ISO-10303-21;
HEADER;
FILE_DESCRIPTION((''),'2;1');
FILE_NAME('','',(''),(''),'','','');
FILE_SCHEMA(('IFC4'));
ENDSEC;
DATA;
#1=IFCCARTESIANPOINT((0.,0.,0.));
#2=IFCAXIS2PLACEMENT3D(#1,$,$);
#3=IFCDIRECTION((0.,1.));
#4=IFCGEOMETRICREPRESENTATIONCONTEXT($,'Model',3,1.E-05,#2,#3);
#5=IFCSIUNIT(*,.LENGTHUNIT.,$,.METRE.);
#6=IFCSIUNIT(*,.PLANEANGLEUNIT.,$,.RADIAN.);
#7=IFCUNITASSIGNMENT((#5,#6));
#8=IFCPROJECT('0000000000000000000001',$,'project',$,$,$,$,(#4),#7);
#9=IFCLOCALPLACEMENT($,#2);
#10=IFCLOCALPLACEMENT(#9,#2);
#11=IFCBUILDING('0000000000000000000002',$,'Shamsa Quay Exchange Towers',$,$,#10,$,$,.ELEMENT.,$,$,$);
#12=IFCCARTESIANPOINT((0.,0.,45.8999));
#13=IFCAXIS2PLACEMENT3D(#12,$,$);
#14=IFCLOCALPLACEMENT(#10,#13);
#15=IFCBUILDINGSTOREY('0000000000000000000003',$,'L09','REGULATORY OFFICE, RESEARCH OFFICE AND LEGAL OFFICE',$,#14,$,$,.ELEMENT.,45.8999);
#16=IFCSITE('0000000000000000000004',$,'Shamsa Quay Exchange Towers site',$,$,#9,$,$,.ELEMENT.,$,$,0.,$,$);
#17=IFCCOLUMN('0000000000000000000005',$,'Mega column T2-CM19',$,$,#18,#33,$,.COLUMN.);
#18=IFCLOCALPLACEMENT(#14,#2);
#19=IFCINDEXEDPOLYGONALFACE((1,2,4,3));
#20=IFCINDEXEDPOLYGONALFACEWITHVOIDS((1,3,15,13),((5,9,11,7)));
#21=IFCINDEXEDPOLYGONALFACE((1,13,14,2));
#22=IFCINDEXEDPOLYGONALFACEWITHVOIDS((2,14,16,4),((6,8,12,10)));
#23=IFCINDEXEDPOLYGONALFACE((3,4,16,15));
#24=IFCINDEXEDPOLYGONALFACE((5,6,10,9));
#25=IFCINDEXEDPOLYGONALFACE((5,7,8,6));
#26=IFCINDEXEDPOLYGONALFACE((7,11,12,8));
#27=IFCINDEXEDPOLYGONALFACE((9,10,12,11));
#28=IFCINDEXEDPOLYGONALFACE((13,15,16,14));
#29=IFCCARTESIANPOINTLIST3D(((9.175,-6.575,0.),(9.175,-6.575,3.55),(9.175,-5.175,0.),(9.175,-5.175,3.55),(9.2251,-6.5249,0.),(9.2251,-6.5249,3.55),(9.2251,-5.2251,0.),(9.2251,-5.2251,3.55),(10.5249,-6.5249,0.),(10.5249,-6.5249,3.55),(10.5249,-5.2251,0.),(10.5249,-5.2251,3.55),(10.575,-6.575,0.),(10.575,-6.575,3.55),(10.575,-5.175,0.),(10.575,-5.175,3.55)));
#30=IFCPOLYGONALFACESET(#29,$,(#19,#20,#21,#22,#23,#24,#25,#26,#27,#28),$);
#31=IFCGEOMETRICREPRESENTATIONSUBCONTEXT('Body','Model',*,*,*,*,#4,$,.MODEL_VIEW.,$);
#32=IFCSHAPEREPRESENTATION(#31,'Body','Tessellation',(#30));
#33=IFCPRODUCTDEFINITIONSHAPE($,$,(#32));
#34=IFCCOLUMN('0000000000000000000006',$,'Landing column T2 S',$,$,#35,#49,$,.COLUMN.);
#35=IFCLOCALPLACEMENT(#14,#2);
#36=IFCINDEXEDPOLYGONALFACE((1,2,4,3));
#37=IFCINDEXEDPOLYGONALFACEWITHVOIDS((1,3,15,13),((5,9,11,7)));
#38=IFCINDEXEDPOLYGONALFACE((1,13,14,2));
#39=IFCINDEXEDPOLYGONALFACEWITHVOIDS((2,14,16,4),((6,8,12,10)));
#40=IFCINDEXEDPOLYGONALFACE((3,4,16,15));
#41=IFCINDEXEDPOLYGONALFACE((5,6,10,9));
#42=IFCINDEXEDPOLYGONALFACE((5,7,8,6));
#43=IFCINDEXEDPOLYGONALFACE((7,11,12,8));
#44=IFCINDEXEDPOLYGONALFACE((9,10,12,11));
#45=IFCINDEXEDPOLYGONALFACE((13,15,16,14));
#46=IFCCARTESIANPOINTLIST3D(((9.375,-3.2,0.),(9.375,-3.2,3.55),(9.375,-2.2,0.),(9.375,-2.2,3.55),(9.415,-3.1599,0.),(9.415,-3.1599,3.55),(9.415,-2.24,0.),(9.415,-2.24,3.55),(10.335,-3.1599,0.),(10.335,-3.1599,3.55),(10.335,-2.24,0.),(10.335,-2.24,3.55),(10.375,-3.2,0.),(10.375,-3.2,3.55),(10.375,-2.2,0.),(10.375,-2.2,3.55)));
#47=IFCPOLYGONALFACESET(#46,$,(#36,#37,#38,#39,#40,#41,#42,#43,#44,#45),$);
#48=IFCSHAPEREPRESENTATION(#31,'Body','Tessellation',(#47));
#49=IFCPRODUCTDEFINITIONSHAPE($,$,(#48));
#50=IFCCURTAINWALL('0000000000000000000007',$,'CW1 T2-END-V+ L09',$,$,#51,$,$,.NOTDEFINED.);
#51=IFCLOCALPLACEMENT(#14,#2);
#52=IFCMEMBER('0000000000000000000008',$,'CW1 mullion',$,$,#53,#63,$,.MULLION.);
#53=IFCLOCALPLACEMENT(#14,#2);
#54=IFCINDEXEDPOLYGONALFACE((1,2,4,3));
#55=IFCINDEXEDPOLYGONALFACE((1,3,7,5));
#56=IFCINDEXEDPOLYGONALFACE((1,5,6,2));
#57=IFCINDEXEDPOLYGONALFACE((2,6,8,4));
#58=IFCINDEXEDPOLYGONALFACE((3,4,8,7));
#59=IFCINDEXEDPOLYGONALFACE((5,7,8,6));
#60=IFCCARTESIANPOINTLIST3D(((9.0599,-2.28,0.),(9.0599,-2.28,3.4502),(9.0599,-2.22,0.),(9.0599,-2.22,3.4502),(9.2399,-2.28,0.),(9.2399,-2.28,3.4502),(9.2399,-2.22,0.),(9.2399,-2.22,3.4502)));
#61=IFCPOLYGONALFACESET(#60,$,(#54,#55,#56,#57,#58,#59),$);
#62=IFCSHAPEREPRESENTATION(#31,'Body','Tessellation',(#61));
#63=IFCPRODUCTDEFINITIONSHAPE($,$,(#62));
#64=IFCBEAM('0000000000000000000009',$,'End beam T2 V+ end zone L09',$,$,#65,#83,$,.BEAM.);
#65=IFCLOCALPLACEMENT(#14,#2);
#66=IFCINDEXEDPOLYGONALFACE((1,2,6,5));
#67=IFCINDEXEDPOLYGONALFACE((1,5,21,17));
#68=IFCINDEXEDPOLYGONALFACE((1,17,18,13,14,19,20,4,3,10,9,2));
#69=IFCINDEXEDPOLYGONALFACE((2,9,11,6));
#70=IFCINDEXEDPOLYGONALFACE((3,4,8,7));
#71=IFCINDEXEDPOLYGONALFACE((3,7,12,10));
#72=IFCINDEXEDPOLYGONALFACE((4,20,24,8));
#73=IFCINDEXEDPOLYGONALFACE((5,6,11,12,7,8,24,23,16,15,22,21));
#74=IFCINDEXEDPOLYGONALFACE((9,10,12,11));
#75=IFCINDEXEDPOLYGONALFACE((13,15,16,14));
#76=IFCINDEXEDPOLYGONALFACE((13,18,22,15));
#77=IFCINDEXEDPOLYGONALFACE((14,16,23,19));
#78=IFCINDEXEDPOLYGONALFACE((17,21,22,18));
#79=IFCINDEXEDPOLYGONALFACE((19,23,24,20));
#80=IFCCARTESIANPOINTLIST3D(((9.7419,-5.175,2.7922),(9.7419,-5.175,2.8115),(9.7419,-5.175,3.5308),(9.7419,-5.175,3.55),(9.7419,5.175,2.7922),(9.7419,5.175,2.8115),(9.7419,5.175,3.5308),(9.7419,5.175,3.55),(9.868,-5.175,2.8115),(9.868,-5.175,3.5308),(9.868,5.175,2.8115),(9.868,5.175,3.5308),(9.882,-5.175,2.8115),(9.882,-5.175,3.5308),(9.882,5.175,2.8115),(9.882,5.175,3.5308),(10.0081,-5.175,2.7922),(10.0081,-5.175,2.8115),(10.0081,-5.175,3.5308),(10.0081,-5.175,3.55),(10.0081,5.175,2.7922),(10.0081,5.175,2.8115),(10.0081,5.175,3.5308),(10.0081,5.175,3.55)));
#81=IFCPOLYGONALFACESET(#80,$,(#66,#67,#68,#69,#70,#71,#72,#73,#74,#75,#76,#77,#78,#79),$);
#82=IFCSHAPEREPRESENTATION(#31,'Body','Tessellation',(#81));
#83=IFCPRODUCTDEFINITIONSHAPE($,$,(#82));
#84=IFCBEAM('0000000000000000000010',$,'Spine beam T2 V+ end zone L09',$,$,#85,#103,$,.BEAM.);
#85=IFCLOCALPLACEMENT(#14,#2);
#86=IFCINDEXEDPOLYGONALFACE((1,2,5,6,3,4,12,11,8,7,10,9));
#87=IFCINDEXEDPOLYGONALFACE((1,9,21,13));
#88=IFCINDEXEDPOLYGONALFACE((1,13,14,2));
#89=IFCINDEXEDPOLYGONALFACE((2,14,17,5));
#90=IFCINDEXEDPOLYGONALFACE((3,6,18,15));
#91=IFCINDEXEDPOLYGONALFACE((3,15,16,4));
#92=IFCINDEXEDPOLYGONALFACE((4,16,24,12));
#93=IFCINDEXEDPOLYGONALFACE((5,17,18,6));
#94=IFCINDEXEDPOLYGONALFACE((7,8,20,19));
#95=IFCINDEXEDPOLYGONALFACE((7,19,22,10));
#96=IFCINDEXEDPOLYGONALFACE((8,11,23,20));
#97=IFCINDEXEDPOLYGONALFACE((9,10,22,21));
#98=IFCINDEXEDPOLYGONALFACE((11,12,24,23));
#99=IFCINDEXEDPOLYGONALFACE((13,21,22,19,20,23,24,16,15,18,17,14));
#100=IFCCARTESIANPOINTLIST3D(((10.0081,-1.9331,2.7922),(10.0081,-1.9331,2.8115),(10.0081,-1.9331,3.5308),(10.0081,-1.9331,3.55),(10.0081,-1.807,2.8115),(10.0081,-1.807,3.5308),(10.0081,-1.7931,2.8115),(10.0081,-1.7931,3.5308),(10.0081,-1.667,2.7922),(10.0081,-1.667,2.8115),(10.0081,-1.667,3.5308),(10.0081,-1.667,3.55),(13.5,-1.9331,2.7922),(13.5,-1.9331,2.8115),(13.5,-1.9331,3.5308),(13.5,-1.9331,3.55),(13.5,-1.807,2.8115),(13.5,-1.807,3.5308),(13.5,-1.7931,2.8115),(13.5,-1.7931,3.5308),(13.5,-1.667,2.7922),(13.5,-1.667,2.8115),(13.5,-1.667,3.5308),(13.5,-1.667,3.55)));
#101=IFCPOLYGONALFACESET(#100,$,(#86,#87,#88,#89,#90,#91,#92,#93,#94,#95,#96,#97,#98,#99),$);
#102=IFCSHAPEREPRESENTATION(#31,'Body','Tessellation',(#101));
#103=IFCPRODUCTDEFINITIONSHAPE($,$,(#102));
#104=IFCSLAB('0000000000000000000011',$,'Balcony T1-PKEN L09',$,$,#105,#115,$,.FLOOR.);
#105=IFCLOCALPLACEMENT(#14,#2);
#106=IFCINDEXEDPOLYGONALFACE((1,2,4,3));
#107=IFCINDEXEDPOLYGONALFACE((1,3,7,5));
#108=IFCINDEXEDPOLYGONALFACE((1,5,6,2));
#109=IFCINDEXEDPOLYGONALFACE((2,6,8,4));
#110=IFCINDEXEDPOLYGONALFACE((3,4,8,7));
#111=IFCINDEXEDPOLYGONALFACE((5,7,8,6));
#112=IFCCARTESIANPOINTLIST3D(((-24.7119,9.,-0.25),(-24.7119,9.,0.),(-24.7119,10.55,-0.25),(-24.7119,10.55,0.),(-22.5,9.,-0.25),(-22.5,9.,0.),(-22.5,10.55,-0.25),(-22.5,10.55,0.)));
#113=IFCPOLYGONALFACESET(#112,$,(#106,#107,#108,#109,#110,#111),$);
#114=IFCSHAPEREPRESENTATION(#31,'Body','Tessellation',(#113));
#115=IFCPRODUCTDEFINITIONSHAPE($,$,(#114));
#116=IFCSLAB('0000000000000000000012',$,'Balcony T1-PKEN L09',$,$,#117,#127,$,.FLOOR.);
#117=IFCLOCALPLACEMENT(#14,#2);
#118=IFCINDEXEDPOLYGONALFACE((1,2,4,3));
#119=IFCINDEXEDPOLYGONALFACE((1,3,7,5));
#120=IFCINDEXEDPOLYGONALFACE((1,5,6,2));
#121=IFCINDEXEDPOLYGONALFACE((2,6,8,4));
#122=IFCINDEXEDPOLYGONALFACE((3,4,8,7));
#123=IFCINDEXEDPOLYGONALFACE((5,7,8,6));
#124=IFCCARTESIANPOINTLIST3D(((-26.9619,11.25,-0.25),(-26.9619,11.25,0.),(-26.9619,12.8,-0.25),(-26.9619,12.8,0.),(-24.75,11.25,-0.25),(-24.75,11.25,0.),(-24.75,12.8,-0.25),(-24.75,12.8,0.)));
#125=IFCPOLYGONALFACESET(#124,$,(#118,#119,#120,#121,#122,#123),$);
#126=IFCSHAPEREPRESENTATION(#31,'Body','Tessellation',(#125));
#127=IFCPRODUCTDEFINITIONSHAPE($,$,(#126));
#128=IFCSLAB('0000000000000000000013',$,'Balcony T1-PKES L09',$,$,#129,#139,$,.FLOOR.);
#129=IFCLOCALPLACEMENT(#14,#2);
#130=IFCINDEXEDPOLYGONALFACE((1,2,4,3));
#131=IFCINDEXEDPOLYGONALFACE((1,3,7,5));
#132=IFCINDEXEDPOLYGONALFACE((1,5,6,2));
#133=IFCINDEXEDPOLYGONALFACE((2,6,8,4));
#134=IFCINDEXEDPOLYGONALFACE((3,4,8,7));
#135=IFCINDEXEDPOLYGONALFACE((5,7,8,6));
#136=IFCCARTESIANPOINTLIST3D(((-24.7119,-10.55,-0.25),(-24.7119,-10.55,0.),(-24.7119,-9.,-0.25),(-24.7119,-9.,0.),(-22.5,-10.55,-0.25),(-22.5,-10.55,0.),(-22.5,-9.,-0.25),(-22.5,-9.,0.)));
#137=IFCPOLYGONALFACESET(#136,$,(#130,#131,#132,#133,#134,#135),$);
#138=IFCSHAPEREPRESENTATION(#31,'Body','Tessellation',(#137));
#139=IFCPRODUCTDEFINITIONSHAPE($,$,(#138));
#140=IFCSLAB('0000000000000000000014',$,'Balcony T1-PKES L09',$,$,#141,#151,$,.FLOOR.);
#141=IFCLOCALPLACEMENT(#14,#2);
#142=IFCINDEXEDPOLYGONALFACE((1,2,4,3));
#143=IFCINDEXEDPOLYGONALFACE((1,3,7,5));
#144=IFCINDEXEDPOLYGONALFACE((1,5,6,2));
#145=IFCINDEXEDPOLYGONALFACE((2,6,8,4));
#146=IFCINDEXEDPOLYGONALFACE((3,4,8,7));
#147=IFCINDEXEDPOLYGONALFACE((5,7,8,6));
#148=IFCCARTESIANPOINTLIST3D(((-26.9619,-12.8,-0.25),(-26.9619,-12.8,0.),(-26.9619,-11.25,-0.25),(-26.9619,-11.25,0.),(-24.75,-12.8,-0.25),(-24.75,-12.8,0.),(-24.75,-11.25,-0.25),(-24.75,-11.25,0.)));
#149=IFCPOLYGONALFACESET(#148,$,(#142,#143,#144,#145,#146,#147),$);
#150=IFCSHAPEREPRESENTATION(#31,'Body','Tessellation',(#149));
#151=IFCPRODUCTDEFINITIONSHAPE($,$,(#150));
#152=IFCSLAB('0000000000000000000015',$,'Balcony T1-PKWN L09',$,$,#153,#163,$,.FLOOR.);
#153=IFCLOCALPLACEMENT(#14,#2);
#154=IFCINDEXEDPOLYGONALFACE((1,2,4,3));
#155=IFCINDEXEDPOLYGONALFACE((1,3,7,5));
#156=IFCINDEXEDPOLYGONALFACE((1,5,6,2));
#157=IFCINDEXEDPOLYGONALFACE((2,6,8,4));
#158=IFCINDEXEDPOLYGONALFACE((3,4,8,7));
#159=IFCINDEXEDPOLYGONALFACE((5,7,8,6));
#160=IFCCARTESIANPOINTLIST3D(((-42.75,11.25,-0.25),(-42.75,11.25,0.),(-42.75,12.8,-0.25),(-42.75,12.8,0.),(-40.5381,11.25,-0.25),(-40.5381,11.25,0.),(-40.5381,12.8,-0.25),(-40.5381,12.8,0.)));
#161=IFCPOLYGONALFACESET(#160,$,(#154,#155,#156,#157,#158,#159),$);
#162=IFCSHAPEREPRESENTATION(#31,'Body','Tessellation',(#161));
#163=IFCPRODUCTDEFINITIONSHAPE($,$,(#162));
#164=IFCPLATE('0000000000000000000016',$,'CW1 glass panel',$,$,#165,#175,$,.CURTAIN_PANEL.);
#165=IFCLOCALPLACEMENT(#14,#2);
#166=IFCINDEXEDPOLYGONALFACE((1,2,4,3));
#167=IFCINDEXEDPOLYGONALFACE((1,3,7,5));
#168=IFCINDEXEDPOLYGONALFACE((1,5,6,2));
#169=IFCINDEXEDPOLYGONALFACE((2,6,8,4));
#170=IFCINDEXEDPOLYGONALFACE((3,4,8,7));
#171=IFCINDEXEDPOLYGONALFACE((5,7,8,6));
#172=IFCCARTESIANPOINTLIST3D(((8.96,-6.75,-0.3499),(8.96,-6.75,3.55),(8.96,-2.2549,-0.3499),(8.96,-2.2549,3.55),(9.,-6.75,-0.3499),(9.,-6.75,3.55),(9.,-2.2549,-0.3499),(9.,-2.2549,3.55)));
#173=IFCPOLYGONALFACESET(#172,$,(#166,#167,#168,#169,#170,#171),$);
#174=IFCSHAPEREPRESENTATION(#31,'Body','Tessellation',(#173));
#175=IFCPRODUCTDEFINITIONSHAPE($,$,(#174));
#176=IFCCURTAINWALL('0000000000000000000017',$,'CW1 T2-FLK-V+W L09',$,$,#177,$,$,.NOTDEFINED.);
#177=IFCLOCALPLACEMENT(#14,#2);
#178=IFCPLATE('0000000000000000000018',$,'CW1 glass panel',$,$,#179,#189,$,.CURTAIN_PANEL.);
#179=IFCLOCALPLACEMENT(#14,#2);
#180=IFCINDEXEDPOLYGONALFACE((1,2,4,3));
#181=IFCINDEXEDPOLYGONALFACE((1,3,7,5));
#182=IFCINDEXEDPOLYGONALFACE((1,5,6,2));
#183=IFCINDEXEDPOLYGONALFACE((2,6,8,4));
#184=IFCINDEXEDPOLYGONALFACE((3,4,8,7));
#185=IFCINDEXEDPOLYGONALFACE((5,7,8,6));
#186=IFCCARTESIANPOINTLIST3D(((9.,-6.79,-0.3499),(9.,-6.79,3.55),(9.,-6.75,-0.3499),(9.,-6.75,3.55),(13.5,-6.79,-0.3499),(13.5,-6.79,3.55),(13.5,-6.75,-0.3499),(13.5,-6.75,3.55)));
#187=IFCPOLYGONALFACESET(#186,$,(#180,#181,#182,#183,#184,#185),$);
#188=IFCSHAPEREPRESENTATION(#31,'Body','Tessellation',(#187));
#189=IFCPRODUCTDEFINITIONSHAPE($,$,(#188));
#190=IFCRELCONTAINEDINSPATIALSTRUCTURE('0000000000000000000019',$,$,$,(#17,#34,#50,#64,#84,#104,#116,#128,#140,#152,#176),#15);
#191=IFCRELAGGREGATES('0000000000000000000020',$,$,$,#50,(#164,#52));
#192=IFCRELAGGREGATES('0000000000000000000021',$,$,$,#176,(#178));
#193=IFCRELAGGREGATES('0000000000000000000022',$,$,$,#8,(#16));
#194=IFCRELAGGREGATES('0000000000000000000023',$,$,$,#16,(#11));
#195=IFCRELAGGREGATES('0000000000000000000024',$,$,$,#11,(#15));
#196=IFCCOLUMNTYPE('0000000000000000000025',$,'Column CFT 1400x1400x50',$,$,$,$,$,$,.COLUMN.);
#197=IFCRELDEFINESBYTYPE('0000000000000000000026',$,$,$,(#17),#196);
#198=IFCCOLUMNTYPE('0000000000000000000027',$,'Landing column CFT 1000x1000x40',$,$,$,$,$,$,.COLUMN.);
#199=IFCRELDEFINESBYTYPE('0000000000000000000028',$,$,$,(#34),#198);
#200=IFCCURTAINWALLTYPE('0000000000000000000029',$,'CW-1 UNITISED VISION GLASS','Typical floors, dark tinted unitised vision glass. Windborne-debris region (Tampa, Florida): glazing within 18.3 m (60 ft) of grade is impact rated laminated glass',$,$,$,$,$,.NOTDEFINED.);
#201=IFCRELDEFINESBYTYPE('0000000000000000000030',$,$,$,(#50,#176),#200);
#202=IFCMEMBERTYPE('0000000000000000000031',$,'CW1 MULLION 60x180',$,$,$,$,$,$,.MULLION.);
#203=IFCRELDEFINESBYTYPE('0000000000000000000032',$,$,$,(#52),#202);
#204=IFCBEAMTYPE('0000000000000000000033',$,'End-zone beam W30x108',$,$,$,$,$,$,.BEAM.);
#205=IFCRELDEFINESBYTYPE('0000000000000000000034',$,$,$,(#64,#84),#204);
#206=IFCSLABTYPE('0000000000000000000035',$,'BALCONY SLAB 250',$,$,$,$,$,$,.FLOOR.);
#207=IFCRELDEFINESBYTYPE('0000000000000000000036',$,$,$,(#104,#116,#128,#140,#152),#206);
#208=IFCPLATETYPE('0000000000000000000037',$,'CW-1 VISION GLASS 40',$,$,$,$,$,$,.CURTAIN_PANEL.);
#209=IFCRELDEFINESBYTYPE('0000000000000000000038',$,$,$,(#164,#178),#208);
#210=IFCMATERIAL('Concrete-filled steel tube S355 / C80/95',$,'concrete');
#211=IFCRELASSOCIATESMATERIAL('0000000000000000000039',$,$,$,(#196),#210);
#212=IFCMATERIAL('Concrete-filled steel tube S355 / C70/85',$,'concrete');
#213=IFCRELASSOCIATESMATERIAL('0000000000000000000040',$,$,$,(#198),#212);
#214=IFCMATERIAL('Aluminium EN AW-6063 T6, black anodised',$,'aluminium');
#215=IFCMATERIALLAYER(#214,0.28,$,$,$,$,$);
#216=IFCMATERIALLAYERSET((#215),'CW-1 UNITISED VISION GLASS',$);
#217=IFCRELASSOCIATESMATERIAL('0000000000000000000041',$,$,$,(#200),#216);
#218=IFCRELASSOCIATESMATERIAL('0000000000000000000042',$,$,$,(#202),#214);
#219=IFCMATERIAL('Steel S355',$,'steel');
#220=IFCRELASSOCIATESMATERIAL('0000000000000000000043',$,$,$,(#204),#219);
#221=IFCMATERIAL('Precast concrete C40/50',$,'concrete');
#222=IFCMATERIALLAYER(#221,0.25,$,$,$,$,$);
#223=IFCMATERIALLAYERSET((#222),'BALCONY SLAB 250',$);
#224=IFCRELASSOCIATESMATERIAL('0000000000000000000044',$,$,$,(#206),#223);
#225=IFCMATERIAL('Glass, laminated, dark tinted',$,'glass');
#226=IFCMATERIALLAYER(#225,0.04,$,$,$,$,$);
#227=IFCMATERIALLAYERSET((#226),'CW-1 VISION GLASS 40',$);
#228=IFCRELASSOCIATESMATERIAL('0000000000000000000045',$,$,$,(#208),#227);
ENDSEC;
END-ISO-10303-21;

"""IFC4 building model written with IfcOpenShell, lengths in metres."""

from ifc_helpers import new_model, si_unit, direction, frame, origin, origin_2d, place, context, subcontext, project, spatial, polyline, rectangle, hollow_rectangle, i_section, outline, extrude, material, layer, layer_set, material_profile, profile_set, type_object, element, aggregate, save


model = new_model("IFC4")

# Units and contexts
model_context = context("Model", 3, precision=1e-05, world=origin(), true_north=direction((0.0, 1.0)))
body_context = subcontext(model_context, "Body", "Model", "MODEL_VIEW")
ifc_project = project(units=[si_unit("LENGTHUNIT", "METRE"), si_unit("PLANEANGLEUNIT", "RADIAN")], contexts=[model_context])

# Site, building, storey
site_placement = place(None, origin())
site = spatial("IfcSite", under=ifc_project, at=site_placement, Name="Shamsa Quay Exchange Towers site", CompositionType="ELEMENT", RefElevation=0.0)
building_placement = place(site_placement, origin())
building = spatial("IfcBuilding", under=site, at=building_placement, Name="Shamsa Quay Exchange Towers", CompositionType="ELEMENT")
storey_placement = place(building_placement, frame((0.0, 0.0, 45.8999)))
storey = spatial("IfcBuildingStorey", under=building, at=storey_placement, Name="L09", Description="REGULATORY OFFICE, RESEARCH OFFICE AND LEGAL OFFICE", CompositionType="ELEMENT", Elevation=45.8999)

# Columns
ifc_material_1 = material(Name="Concrete-filled steel tube S355 / C80/95", Category="concrete")
ifc_material_profile_1 = material_profile(ifc_material_1, hollow_rectangle(XDim=1.3999, YDim=1.3999, WallThickness=0.05, at=origin_2d()), Name="CFT 1400x1400x50")
ifc_profile_set_1 = profile_set([ifc_material_profile_1], Name="Concrete-filled steel tube S355 / C80/95")
column_type_1 = type_object("IfcColumnType", Name="Column CFT 1400x1400x50", PredefinedType="COLUMN", material=ifc_profile_set_1)
column_1_placement = place(storey_placement, frame((9.875, -5.875, 0.0)))
element("IfcColumn", 1, at=column_1_placement, inside=storey, type_object=column_type_1, Name="Mega column T2-CM19", PredefinedType="COLUMN", context=body_context, shape_type="SweptSolid", body=[
    extrude(hollow_rectangle(XDim=1.3999, YDim=1.3999, WallThickness=0.05, at=origin_2d()), origin(), (0.0, 0.0, 1.0), 3.55),
])
ifc_material_2 = material(Name="Concrete-filled steel tube S355 / C70/85", Category="concrete")
ifc_material_profile_2 = material_profile(ifc_material_2, hollow_rectangle(XDim=1.0, YDim=1.0, WallThickness=0.04, at=origin_2d()), Name="CFT 1000x1000x40")
ifc_profile_set_2 = profile_set([ifc_material_profile_2], Name="Concrete-filled steel tube S355 / C70/85")
column_type_2 = type_object("IfcColumnType", Name="Landing column CFT 1000x1000x40", PredefinedType="COLUMN", material=ifc_profile_set_2)
column_2_placement = place(storey_placement, frame((9.875, -2.7, 0.0)))
element("IfcColumn", 2, at=column_2_placement, inside=storey, type_object=column_type_2, Name="Landing column T2 S", PredefinedType="COLUMN", context=body_context, shape_type="SweptSolid", body=[
    extrude(hollow_rectangle(XDim=1.0, YDim=1.0, WallThickness=0.04, at=origin_2d()), origin(), (0.0, 0.0, 1.0), 3.55),
])

# Curtain wall, member
ifc_material_3 = material(Name="Aluminium EN AW-6063 T6, black anodised", Category="aluminium")
ifc_layer_1 = layer(ifc_material_3, 0.28)
ifc_layer_set_1 = layer_set([ifc_layer_1], Name="CW-1 UNITISED VISION GLASS")
curtain_wall_type_1 = type_object("IfcCurtainWallType", Name="CW-1 UNITISED VISION GLASS", Description="Typical floors, dark tinted unitised vision glass. Windborne-debris region (Tampa, Florida): glazing within 18.3 m (60 ft) of grade is impact rated laminated glass", PredefinedType="NOTDEFINED", material=ifc_layer_set_1)
curtain_wall_1_placement = place(storey_placement, origin())
curtain_wall_1 = element("IfcCurtainWall", 3, at=curtain_wall_1_placement, inside=storey, type_object=curtain_wall_type_1, Name="CW1 T2-END-V+ L09", PredefinedType="NOTDEFINED")
ifc_material_profile_3 = material_profile(ifc_material_3, rectangle(XDim=0.1799, YDim=0.0601, at=origin_2d()), Name="MU60x180")
ifc_profile_set_3 = profile_set([ifc_material_profile_3], Name="Aluminium EN AW-6063 T6, black anodised")
member_type = type_object("IfcMemberType", Name="CW1 MULLION 60x180", PredefinedType="MULLION", material=ifc_profile_set_3)
member_placement = place(storey_placement, frame((9.1499, -2.25, 0.0)))
member = element("IfcMember", 4, at=member_placement, type_object=member_type, Name="CW1 mullion", PredefinedType="MULLION", context=body_context, shape_type="SweptSolid", body=[
    extrude(rectangle(XDim=0.1799, YDim=0.0601, at=origin_2d()), origin(), (0.0, 0.0, 1.0), 3.4502),
])

# Beams
ifc_material_4 = material(Name="Steel S355", Category="steel")
ifc_material_profile_4 = material_profile(ifc_material_4, i_section(OverallWidth=0.2661, OverallDepth=0.7578, WebThickness=0.0139, FlangeThickness=0.0193, at=origin_2d()), Name="W30x108")
ifc_profile_set_4 = profile_set([ifc_material_profile_4], Name="Steel S355")
beam_type = type_object("IfcBeamType", Name="End-zone beam W30x108", PredefinedType="BEAM", material=ifc_profile_set_4)
beam_1_placement = place(storey_placement, frame((9.875, -5.175, 3.1711), z_axis=(0.0, 1.0, 0.0), x_axis=(-1.0, 0.0, 0.0)))
element("IfcBeam", 5, at=beam_1_placement, inside=storey, type_object=beam_type, Name="End beam T2 V+ end zone L09", PredefinedType="BEAM", context=body_context, shape_type="SweptSolid", body=[
    extrude(i_section(OverallWidth=0.2661, OverallDepth=0.7578, WebThickness=0.0139, FlangeThickness=0.0193, at=origin_2d()), origin(), (0.0, 0.0, 1.0), 10.3501),
])
beam_2_placement = place(storey_placement, frame((13.5, -1.8, 3.1711), z_axis=(-1.0, 0.0, 0.0), x_axis=(0.0, -1.0, 0.0)))
element("IfcBeam", 6, at=beam_2_placement, inside=storey, type_object=beam_type, Name="Spine beam T2 V+ end zone L09", PredefinedType="BEAM", context=body_context, shape_type="SweptSolid", body=[
    extrude(i_section(OverallWidth=0.2661, OverallDepth=0.7578, WebThickness=0.0139, FlangeThickness=0.0193, at=origin_2d()), origin(), (0.0, 0.0, 1.0), 3.4919),
])

# Slabs
ifc_material_5 = material(Name="Precast concrete C40/50", Category="concrete")
ifc_layer_2 = layer(ifc_material_5, 0.25)
ifc_layer_set_2 = layer_set([ifc_layer_2], Name="BALCONY SLAB 250")
slab_type = type_object("IfcSlabType", Name="BALCONY SLAB 250", PredefinedType="FLOOR", material=ifc_layer_set_2)
slab_1_placement = place(storey_placement, frame((0.0, 0.0, -0.25)))
element("IfcSlab", 7, at=slab_1_placement, inside=storey, type_object=slab_type, Name="Balcony T1-PKEN L09", PredefinedType="FLOOR", context=body_context, shape_type="SweptSolid", body=[
    extrude(outline(polyline([(-22.5, 9.0), (-24.7119, 9.0), (-24.7119, 10.55), (-22.5, 10.55), (-22.5, 9.0)])), origin(), (0.0, 0.0, 1.0), 0.25),
])
slab_2_placement = place(storey_placement, frame((0.0, 0.0, -0.25)))
element("IfcSlab", 8, at=slab_2_placement, inside=storey, type_object=slab_type, Name="Balcony T1-PKEN L09", PredefinedType="FLOOR", context=body_context, shape_type="SweptSolid", body=[
    extrude(outline(polyline([(-24.75, 11.25), (-26.9619, 11.25), (-26.9619, 12.8), (-24.75, 12.8), (-24.75, 11.25)])), origin(), (0.0, 0.0, 1.0), 0.25),
])
slab_3_placement = place(storey_placement, frame((0.0, 0.0, -0.25)))
element("IfcSlab", 9, at=slab_3_placement, inside=storey, type_object=slab_type, Name="Balcony T1-PKES L09", PredefinedType="FLOOR", context=body_context, shape_type="SweptSolid", body=[
    extrude(outline(polyline([(-24.7119, -9.0), (-22.5, -9.0), (-22.5, -10.55), (-24.7119, -10.55), (-24.7119, -9.0)])), origin(), (0.0, 0.0, 1.0), 0.25),
])
slab_4_placement = place(storey_placement, frame((0.0, 0.0, -0.25)))
element("IfcSlab", 10, at=slab_4_placement, inside=storey, type_object=slab_type, Name="Balcony T1-PKES L09", PredefinedType="FLOOR", context=body_context, shape_type="SweptSolid", body=[
    extrude(outline(polyline([(-26.9619, -11.25), (-24.75, -11.25), (-24.75, -12.8), (-26.9619, -12.8), (-26.9619, -11.25)])), origin(), (0.0, 0.0, 1.0), 0.25),
])
slab_5_placement = place(storey_placement, frame((0.0, 0.0, -0.25)))
element("IfcSlab", 11, at=slab_5_placement, inside=storey, type_object=slab_type, Name="Balcony T1-PKWN L09", PredefinedType="FLOOR", context=body_context, shape_type="SweptSolid", body=[
    extrude(outline(polyline([(-40.5381, 11.25), (-42.75, 11.25), (-42.75, 12.8), (-40.5381, 12.8), (-40.5381, 11.25)])), origin(), (0.0, 0.0, 1.0), 0.25),
])

# Plate
ifc_material_6 = material(Name="Glass, laminated, dark tinted", Category="glass")
ifc_layer_3 = layer(ifc_material_6, 0.04)
ifc_layer_set_3 = layer_set([ifc_layer_3], Name="CW-1 VISION GLASS 40")
plate_type_1 = type_object("IfcPlateType", Name="CW-1 VISION GLASS 40", PredefinedType="CURTAIN_PANEL", material=ifc_layer_set_3)
plate_1_placement = place(storey_placement, frame((8.98, -4.5024, -0.3499), z_axis=(0.0, 0.0, 1.0), x_axis=(0.0, -1.0, 0.0)))
plate_1 = element("IfcPlate", 12, at=plate_1_placement, type_object=plate_type_1, Name="CW1 glass panel", PredefinedType="CURTAIN_PANEL", context=body_context, shape_type="SweptSolid", body=[
    extrude(rectangle(XDim=4.4951, YDim=0.04, at=origin_2d()), origin(), (0.0, 0.0, 1.0), 3.8999),
])
aggregate(curtain_wall_1, [plate_1, member])

# Curtain wall, plate
curtain_wall_2_placement = place(storey_placement, origin())
curtain_wall_2 = element("IfcCurtainWall", 13, at=curtain_wall_2_placement, inside=storey, type_object=curtain_wall_type_1, Name="CW1 T2-FLK-V+W L09", PredefinedType="NOTDEFINED")
plate_2_placement = place(storey_placement, frame((11.25, -6.77, -0.3499)))
plate_2 = element("IfcPlate", 14, at=plate_2_placement, type_object=plate_type_1, Name="CW1 glass panel", PredefinedType="CURTAIN_PANEL", context=body_context, shape_type="SweptSolid", body=[
    extrude(rectangle(XDim=4.5, YDim=0.04, at=origin_2d()), origin(), (0.0, 0.0, 1.0), 3.8999),
])
aggregate(curtain_wall_2, [plate_2])

save(model, "model.ifc")
